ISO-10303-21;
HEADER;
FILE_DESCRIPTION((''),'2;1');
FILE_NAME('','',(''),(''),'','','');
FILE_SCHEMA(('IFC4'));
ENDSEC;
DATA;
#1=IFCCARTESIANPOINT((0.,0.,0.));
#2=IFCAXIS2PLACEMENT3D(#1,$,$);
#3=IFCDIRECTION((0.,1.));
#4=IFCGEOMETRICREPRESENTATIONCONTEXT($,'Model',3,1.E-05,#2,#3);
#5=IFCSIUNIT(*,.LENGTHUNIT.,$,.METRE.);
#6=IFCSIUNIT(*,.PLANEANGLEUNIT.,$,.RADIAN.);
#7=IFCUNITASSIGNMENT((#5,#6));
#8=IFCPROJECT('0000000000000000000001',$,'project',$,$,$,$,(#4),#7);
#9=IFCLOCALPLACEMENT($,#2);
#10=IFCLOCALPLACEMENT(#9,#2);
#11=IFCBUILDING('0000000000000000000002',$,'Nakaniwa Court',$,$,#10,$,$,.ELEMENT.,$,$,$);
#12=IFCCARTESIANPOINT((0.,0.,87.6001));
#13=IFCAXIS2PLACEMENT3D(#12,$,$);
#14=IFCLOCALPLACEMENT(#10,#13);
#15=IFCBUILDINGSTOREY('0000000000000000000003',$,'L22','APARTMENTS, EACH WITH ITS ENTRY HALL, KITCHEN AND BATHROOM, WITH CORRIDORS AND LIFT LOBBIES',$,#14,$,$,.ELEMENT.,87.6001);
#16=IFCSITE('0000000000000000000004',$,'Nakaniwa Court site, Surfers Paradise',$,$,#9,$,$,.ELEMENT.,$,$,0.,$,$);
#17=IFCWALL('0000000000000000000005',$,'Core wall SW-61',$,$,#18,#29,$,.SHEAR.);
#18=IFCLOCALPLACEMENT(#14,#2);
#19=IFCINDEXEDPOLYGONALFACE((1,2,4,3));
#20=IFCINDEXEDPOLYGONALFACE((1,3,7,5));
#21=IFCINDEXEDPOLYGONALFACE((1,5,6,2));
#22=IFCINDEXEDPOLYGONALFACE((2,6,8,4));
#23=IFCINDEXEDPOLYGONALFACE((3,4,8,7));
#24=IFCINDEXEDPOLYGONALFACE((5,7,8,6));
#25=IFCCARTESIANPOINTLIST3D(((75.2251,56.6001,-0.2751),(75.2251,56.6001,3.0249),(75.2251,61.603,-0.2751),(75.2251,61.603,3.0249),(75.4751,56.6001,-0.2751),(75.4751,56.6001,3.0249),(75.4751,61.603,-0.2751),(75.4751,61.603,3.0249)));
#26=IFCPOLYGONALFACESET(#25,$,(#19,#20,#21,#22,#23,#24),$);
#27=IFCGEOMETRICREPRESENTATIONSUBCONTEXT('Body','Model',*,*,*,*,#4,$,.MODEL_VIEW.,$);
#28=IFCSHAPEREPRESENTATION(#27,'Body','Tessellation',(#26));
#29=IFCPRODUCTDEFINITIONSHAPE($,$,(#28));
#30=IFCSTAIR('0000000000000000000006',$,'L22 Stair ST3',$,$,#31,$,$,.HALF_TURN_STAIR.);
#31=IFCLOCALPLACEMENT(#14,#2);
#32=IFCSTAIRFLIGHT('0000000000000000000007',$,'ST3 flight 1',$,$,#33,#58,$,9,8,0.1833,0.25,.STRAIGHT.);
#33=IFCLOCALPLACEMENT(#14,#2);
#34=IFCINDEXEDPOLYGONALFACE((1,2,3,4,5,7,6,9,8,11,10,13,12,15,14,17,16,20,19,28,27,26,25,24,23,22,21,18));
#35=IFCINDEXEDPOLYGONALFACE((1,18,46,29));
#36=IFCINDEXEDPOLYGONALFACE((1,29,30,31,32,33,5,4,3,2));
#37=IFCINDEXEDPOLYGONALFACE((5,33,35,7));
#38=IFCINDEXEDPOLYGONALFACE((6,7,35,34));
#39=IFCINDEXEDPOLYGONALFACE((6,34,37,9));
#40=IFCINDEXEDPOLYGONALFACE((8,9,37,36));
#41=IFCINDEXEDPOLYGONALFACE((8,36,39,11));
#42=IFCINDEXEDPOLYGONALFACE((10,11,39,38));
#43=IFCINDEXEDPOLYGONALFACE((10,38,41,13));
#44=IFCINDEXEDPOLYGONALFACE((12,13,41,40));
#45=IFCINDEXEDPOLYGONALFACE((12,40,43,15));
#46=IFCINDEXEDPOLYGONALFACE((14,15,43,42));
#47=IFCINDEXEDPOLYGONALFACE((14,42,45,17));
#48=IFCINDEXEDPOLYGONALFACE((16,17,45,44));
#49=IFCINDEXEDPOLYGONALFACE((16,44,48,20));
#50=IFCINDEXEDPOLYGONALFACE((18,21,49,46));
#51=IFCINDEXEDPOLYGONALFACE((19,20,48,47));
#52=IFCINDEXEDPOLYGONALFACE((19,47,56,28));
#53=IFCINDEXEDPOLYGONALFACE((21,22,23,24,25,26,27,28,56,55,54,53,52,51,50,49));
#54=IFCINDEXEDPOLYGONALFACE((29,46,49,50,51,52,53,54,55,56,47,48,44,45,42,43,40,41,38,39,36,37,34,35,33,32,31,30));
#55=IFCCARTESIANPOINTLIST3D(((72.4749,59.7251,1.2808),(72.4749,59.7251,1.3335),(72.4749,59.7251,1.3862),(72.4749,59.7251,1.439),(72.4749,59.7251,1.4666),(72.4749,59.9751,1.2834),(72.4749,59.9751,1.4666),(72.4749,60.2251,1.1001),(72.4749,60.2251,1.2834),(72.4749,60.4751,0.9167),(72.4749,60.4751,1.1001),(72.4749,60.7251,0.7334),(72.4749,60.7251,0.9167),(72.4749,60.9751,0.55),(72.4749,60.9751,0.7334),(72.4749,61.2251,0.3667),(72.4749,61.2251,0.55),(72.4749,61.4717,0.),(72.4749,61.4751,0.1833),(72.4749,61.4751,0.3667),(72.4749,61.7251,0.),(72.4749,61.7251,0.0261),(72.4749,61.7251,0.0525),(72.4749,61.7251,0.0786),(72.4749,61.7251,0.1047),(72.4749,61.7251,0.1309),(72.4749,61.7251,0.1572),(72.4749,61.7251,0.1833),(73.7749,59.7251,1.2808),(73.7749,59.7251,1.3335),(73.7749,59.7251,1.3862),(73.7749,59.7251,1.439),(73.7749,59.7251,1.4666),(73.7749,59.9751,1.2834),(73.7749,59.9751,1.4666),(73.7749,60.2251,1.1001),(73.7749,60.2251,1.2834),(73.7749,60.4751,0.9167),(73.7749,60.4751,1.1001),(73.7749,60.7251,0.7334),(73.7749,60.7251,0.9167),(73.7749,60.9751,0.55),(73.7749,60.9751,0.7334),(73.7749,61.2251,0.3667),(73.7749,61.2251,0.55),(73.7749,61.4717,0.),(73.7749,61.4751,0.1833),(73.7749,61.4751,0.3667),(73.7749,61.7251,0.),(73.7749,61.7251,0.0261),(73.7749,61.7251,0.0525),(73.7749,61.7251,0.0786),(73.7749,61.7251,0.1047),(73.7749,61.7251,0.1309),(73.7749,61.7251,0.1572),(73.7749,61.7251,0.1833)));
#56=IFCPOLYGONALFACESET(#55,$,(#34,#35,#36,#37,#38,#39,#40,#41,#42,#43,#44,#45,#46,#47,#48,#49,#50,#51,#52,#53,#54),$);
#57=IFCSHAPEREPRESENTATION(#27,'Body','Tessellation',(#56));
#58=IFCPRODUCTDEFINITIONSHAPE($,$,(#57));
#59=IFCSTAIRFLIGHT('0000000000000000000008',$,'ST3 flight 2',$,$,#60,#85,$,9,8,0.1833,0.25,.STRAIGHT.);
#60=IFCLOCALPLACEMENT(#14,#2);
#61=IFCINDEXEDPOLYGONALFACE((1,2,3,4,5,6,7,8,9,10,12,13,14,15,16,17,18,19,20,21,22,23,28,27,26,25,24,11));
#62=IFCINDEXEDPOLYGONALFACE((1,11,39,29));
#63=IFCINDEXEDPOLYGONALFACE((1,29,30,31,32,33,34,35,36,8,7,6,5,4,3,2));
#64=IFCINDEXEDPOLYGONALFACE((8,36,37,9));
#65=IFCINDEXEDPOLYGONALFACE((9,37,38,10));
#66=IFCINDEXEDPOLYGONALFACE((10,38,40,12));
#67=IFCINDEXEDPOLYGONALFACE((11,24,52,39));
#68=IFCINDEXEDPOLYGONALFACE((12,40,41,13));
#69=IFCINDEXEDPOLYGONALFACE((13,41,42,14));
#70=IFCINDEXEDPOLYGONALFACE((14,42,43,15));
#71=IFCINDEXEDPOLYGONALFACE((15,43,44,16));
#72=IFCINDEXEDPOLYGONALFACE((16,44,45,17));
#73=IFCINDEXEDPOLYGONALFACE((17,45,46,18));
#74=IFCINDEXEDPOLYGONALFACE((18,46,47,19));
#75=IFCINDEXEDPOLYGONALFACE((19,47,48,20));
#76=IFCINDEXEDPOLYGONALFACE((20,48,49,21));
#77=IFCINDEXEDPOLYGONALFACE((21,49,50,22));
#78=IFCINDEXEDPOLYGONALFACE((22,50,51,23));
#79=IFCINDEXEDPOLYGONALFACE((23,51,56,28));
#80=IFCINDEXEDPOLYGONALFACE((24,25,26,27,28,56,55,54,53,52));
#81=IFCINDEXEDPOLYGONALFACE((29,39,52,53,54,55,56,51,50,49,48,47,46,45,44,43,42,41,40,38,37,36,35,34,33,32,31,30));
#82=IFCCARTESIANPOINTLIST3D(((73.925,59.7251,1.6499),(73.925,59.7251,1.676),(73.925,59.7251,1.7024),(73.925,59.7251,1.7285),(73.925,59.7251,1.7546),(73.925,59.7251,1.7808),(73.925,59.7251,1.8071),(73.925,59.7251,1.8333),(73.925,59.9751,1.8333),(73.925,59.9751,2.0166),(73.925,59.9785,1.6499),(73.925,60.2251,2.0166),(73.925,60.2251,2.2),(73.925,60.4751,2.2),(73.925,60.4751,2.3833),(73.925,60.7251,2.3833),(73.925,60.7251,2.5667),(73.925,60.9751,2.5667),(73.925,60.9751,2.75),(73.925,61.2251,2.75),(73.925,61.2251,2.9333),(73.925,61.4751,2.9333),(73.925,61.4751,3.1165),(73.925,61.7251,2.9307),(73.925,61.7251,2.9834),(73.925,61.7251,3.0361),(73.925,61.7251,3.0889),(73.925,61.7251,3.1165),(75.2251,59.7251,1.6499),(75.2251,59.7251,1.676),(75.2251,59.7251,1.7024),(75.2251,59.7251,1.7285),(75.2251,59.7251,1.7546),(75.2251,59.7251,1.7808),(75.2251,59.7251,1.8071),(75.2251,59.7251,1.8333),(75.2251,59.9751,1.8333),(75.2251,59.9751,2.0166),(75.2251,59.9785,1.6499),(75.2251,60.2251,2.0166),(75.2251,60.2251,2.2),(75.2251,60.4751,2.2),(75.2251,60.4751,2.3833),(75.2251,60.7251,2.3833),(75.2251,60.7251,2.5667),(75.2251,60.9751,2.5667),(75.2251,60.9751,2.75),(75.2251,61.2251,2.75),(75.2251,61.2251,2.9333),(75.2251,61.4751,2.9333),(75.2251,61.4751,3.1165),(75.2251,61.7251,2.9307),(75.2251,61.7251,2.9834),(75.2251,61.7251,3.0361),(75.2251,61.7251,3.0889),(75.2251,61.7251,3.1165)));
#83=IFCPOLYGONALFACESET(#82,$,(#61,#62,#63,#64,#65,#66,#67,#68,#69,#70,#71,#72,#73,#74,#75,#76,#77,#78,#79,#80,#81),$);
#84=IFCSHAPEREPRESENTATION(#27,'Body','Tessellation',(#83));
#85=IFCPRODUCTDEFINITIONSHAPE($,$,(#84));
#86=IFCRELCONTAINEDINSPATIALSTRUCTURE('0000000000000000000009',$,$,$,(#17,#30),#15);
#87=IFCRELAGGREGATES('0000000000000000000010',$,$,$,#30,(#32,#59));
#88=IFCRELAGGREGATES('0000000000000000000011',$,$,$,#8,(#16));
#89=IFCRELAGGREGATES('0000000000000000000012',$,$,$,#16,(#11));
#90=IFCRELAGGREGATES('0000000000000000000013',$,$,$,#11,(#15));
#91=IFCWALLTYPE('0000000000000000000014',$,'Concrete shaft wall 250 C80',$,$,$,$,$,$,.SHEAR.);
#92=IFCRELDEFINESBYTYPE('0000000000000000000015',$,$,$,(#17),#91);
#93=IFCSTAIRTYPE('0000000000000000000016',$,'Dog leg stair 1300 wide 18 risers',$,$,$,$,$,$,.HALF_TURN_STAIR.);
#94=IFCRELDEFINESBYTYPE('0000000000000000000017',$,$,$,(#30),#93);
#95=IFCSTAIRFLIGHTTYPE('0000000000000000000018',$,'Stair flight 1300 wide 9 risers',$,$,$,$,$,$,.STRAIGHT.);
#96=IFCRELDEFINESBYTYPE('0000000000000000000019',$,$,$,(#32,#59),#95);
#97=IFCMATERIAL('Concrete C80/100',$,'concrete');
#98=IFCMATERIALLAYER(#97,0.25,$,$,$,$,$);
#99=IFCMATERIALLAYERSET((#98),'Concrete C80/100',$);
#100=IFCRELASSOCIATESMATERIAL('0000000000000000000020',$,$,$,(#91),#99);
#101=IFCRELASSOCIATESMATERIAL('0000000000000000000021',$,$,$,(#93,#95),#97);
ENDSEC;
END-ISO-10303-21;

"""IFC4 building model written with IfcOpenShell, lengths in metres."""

from ifc_helpers import new_model, si_unit, direction, frame, frame_2d, origin, place, context, subcontext, project, spatial, polyline, rectangle, outline, extrude, material, layer, layer_set, type_object, element, aggregate, save


model = new_model("IFC4")

# Units and contexts
model_context = context("Model", 3, precision=1e-05, world=origin(), true_north=direction((0.0, 1.0)))
body_context = subcontext(model_context, "Body", "Model", "MODEL_VIEW")
ifc_project = project(units=[si_unit("LENGTHUNIT", "METRE"), si_unit("PLANEANGLEUNIT", "RADIAN")], contexts=[model_context])

# Site, building, storey
site_placement = place(None, origin())
site = spatial("IfcSite", under=ifc_project, at=site_placement, Name="Nakaniwa Court site, Surfers Paradise", CompositionType="ELEMENT", RefElevation=0.0)
building_placement = place(site_placement, origin())
building = spatial("IfcBuilding", under=site, at=building_placement, Name="Nakaniwa Court", CompositionType="ELEMENT")
storey_placement = place(building_placement, frame((0.0, 0.0, 87.6001)))
storey = spatial("IfcBuildingStorey", under=building, at=storey_placement, Name="L22", Description="APARTMENTS, EACH WITH ITS ENTRY HALL, KITCHEN AND BATHROOM, WITH CORRIDORS AND LIFT LOBBIES", CompositionType="ELEMENT", Elevation=87.6001)

# Shared definitions
ifc_material_1 = material(Name="Concrete C80/100", Category="concrete")

# Wall
ifc_layer_1 = layer(ifc_material_1, 0.25)
ifc_layer_set_1 = layer_set([ifc_layer_1], Name="Concrete C80/100")
wall_type_1 = type_object("IfcWallType", Name="Concrete shaft wall 250 C80", PredefinedType="SHEAR", material=ifc_layer_set_1)
wall_1_placement = place(storey_placement, frame((75.3501, 56.6001, -0.2751), z_axis=(0.0, 0.0, 1.0), x_axis=(0.0, 1.0, 0.0)))
element("IfcWall", 1, at=wall_1_placement, inside=storey, type_object=wall_type_1, Name="Core wall SW-61", PredefinedType="SHEAR", context=body_context, shape_type="SweptSolid", body=[
    extrude(rectangle(XDim=5.0029, YDim=0.25, at=frame_2d((2.5015, 0.0))), origin(), (0.0, 0.0, 1.0), 3.3),
])

# Stair, stair flights
stair_type = type_object("IfcStairType", Name="Dog leg stair 1300 wide 18 risers", PredefinedType="HALF_TURN_STAIR", material=ifc_material_1)
stair_placement = place(storey_placement, origin())
stair = element("IfcStair", 2, at=stair_placement, inside=storey, type_object=stair_type, Name="L22 Stair ST3", PredefinedType="HALF_TURN_STAIR")
stair_flight_type = type_object("IfcStairFlightType", Name="Stair flight 1300 wide 9 risers", PredefinedType="STRAIGHT", material=ifc_material_1)
stair_flight_1_placement = place(storey_placement, frame((73.125, 61.7251, 0.0), z_axis=(0.0, 0.0, 1.0), x_axis=(0.0, -1.0, 0.0)))
stair_flight_1 = element("IfcStairFlight", 3, at=stair_flight_1_placement, type_object=stair_flight_type, Name="ST3 flight 1", NumberOfRisers=9, NumberOfTreads=8, PredefinedType="STRAIGHT", RiserHeight=0.1833, TreadLength=0.25, context=body_context, shape_type="SweptSolid", body=[
    extrude(outline(polyline([(0.0, 0.0), (0.0, 0.0261), (0.0, 0.0525), (0.0, 0.0786), (0.0, 0.1047), (0.0, 0.1309), (0.0, 0.1572), (0.0, 0.1833), (0.25, 0.1833), (0.25, 0.3667), (0.5, 0.3667), (0.5, 0.55), (0.75, 0.55), (0.75, 0.7334), (1.0, 0.7334), (1.0, 0.9167), (1.25, 0.9167), (1.25, 1.1001), (1.5, 1.1001), (1.5, 1.2834), (1.75, 1.2834), (1.75, 1.4666), (2.0, 1.4666), (2.0, 1.6499), (2.0, 1.5972), (2.0, 1.5444), (2.0, 1.4917), (2.0, 1.439), (2.0, 1.3862), (2.0, 1.3335), (2.0, 1.2808), (0.2534, 0.0), (0.0, 0.0)])), frame((0.0, 0.6499, 0.0), z_axis=(0.0, -1.0, 0.0), x_axis=(1.0, 0.0, 0.0)), (0.0, 0.0, 1.0), 1.3),
])
stair_flight_2_placement = place(storey_placement, frame((74.575, 59.7251, 1.6499), z_axis=(0.0, 0.0, 1.0), x_axis=(0.0, 1.0, 0.0)))
stair_flight_2 = element("IfcStairFlight", 4, at=stair_flight_2_placement, type_object=stair_flight_type, Name="ST3 flight 2", NumberOfRisers=9, NumberOfTreads=8, PredefinedType="STRAIGHT", RiserHeight=0.1833, TreadLength=0.25, context=body_context, shape_type="SweptSolid", body=[
    extrude(outline(polyline([(0.0, 0.0), (0.0, 0.0261), (0.0, 0.0525), (0.0, 0.0786), (0.0, 0.1047), (0.0, 0.1309), (0.0, 0.1572), (0.0, 0.1833), (0.25, 0.1833), (0.25, 0.3667), (0.5, 0.3667), (0.5, 0.55), (0.75, 0.55), (0.75, 0.7334), (1.0, 0.7334), (1.0, 0.9167), (1.25, 0.9167), (1.25, 1.1001), (1.5, 1.1001), (1.5, 1.2834), (1.75, 1.2834), (1.75, 1.4666), (2.0, 1.4666), (2.0, 1.6499), (2.0, 1.5972), (2.0, 1.5444), (2.0, 1.4917), (2.0, 1.439), (2.0, 1.3862), (2.0, 1.3335), (2.0, 1.2808), (0.2534, 0.0), (0.0, 0.0)])), frame((0.0, 0.6499, 0.0), z_axis=(0.0, -1.0, 0.0), x_axis=(1.0, 0.0, 0.0)), (0.0, 0.0, 1.0), 1.3),
])
aggregate(stair, [stair_flight_1, stair_flight_2])

save(model, "model.ifc")
